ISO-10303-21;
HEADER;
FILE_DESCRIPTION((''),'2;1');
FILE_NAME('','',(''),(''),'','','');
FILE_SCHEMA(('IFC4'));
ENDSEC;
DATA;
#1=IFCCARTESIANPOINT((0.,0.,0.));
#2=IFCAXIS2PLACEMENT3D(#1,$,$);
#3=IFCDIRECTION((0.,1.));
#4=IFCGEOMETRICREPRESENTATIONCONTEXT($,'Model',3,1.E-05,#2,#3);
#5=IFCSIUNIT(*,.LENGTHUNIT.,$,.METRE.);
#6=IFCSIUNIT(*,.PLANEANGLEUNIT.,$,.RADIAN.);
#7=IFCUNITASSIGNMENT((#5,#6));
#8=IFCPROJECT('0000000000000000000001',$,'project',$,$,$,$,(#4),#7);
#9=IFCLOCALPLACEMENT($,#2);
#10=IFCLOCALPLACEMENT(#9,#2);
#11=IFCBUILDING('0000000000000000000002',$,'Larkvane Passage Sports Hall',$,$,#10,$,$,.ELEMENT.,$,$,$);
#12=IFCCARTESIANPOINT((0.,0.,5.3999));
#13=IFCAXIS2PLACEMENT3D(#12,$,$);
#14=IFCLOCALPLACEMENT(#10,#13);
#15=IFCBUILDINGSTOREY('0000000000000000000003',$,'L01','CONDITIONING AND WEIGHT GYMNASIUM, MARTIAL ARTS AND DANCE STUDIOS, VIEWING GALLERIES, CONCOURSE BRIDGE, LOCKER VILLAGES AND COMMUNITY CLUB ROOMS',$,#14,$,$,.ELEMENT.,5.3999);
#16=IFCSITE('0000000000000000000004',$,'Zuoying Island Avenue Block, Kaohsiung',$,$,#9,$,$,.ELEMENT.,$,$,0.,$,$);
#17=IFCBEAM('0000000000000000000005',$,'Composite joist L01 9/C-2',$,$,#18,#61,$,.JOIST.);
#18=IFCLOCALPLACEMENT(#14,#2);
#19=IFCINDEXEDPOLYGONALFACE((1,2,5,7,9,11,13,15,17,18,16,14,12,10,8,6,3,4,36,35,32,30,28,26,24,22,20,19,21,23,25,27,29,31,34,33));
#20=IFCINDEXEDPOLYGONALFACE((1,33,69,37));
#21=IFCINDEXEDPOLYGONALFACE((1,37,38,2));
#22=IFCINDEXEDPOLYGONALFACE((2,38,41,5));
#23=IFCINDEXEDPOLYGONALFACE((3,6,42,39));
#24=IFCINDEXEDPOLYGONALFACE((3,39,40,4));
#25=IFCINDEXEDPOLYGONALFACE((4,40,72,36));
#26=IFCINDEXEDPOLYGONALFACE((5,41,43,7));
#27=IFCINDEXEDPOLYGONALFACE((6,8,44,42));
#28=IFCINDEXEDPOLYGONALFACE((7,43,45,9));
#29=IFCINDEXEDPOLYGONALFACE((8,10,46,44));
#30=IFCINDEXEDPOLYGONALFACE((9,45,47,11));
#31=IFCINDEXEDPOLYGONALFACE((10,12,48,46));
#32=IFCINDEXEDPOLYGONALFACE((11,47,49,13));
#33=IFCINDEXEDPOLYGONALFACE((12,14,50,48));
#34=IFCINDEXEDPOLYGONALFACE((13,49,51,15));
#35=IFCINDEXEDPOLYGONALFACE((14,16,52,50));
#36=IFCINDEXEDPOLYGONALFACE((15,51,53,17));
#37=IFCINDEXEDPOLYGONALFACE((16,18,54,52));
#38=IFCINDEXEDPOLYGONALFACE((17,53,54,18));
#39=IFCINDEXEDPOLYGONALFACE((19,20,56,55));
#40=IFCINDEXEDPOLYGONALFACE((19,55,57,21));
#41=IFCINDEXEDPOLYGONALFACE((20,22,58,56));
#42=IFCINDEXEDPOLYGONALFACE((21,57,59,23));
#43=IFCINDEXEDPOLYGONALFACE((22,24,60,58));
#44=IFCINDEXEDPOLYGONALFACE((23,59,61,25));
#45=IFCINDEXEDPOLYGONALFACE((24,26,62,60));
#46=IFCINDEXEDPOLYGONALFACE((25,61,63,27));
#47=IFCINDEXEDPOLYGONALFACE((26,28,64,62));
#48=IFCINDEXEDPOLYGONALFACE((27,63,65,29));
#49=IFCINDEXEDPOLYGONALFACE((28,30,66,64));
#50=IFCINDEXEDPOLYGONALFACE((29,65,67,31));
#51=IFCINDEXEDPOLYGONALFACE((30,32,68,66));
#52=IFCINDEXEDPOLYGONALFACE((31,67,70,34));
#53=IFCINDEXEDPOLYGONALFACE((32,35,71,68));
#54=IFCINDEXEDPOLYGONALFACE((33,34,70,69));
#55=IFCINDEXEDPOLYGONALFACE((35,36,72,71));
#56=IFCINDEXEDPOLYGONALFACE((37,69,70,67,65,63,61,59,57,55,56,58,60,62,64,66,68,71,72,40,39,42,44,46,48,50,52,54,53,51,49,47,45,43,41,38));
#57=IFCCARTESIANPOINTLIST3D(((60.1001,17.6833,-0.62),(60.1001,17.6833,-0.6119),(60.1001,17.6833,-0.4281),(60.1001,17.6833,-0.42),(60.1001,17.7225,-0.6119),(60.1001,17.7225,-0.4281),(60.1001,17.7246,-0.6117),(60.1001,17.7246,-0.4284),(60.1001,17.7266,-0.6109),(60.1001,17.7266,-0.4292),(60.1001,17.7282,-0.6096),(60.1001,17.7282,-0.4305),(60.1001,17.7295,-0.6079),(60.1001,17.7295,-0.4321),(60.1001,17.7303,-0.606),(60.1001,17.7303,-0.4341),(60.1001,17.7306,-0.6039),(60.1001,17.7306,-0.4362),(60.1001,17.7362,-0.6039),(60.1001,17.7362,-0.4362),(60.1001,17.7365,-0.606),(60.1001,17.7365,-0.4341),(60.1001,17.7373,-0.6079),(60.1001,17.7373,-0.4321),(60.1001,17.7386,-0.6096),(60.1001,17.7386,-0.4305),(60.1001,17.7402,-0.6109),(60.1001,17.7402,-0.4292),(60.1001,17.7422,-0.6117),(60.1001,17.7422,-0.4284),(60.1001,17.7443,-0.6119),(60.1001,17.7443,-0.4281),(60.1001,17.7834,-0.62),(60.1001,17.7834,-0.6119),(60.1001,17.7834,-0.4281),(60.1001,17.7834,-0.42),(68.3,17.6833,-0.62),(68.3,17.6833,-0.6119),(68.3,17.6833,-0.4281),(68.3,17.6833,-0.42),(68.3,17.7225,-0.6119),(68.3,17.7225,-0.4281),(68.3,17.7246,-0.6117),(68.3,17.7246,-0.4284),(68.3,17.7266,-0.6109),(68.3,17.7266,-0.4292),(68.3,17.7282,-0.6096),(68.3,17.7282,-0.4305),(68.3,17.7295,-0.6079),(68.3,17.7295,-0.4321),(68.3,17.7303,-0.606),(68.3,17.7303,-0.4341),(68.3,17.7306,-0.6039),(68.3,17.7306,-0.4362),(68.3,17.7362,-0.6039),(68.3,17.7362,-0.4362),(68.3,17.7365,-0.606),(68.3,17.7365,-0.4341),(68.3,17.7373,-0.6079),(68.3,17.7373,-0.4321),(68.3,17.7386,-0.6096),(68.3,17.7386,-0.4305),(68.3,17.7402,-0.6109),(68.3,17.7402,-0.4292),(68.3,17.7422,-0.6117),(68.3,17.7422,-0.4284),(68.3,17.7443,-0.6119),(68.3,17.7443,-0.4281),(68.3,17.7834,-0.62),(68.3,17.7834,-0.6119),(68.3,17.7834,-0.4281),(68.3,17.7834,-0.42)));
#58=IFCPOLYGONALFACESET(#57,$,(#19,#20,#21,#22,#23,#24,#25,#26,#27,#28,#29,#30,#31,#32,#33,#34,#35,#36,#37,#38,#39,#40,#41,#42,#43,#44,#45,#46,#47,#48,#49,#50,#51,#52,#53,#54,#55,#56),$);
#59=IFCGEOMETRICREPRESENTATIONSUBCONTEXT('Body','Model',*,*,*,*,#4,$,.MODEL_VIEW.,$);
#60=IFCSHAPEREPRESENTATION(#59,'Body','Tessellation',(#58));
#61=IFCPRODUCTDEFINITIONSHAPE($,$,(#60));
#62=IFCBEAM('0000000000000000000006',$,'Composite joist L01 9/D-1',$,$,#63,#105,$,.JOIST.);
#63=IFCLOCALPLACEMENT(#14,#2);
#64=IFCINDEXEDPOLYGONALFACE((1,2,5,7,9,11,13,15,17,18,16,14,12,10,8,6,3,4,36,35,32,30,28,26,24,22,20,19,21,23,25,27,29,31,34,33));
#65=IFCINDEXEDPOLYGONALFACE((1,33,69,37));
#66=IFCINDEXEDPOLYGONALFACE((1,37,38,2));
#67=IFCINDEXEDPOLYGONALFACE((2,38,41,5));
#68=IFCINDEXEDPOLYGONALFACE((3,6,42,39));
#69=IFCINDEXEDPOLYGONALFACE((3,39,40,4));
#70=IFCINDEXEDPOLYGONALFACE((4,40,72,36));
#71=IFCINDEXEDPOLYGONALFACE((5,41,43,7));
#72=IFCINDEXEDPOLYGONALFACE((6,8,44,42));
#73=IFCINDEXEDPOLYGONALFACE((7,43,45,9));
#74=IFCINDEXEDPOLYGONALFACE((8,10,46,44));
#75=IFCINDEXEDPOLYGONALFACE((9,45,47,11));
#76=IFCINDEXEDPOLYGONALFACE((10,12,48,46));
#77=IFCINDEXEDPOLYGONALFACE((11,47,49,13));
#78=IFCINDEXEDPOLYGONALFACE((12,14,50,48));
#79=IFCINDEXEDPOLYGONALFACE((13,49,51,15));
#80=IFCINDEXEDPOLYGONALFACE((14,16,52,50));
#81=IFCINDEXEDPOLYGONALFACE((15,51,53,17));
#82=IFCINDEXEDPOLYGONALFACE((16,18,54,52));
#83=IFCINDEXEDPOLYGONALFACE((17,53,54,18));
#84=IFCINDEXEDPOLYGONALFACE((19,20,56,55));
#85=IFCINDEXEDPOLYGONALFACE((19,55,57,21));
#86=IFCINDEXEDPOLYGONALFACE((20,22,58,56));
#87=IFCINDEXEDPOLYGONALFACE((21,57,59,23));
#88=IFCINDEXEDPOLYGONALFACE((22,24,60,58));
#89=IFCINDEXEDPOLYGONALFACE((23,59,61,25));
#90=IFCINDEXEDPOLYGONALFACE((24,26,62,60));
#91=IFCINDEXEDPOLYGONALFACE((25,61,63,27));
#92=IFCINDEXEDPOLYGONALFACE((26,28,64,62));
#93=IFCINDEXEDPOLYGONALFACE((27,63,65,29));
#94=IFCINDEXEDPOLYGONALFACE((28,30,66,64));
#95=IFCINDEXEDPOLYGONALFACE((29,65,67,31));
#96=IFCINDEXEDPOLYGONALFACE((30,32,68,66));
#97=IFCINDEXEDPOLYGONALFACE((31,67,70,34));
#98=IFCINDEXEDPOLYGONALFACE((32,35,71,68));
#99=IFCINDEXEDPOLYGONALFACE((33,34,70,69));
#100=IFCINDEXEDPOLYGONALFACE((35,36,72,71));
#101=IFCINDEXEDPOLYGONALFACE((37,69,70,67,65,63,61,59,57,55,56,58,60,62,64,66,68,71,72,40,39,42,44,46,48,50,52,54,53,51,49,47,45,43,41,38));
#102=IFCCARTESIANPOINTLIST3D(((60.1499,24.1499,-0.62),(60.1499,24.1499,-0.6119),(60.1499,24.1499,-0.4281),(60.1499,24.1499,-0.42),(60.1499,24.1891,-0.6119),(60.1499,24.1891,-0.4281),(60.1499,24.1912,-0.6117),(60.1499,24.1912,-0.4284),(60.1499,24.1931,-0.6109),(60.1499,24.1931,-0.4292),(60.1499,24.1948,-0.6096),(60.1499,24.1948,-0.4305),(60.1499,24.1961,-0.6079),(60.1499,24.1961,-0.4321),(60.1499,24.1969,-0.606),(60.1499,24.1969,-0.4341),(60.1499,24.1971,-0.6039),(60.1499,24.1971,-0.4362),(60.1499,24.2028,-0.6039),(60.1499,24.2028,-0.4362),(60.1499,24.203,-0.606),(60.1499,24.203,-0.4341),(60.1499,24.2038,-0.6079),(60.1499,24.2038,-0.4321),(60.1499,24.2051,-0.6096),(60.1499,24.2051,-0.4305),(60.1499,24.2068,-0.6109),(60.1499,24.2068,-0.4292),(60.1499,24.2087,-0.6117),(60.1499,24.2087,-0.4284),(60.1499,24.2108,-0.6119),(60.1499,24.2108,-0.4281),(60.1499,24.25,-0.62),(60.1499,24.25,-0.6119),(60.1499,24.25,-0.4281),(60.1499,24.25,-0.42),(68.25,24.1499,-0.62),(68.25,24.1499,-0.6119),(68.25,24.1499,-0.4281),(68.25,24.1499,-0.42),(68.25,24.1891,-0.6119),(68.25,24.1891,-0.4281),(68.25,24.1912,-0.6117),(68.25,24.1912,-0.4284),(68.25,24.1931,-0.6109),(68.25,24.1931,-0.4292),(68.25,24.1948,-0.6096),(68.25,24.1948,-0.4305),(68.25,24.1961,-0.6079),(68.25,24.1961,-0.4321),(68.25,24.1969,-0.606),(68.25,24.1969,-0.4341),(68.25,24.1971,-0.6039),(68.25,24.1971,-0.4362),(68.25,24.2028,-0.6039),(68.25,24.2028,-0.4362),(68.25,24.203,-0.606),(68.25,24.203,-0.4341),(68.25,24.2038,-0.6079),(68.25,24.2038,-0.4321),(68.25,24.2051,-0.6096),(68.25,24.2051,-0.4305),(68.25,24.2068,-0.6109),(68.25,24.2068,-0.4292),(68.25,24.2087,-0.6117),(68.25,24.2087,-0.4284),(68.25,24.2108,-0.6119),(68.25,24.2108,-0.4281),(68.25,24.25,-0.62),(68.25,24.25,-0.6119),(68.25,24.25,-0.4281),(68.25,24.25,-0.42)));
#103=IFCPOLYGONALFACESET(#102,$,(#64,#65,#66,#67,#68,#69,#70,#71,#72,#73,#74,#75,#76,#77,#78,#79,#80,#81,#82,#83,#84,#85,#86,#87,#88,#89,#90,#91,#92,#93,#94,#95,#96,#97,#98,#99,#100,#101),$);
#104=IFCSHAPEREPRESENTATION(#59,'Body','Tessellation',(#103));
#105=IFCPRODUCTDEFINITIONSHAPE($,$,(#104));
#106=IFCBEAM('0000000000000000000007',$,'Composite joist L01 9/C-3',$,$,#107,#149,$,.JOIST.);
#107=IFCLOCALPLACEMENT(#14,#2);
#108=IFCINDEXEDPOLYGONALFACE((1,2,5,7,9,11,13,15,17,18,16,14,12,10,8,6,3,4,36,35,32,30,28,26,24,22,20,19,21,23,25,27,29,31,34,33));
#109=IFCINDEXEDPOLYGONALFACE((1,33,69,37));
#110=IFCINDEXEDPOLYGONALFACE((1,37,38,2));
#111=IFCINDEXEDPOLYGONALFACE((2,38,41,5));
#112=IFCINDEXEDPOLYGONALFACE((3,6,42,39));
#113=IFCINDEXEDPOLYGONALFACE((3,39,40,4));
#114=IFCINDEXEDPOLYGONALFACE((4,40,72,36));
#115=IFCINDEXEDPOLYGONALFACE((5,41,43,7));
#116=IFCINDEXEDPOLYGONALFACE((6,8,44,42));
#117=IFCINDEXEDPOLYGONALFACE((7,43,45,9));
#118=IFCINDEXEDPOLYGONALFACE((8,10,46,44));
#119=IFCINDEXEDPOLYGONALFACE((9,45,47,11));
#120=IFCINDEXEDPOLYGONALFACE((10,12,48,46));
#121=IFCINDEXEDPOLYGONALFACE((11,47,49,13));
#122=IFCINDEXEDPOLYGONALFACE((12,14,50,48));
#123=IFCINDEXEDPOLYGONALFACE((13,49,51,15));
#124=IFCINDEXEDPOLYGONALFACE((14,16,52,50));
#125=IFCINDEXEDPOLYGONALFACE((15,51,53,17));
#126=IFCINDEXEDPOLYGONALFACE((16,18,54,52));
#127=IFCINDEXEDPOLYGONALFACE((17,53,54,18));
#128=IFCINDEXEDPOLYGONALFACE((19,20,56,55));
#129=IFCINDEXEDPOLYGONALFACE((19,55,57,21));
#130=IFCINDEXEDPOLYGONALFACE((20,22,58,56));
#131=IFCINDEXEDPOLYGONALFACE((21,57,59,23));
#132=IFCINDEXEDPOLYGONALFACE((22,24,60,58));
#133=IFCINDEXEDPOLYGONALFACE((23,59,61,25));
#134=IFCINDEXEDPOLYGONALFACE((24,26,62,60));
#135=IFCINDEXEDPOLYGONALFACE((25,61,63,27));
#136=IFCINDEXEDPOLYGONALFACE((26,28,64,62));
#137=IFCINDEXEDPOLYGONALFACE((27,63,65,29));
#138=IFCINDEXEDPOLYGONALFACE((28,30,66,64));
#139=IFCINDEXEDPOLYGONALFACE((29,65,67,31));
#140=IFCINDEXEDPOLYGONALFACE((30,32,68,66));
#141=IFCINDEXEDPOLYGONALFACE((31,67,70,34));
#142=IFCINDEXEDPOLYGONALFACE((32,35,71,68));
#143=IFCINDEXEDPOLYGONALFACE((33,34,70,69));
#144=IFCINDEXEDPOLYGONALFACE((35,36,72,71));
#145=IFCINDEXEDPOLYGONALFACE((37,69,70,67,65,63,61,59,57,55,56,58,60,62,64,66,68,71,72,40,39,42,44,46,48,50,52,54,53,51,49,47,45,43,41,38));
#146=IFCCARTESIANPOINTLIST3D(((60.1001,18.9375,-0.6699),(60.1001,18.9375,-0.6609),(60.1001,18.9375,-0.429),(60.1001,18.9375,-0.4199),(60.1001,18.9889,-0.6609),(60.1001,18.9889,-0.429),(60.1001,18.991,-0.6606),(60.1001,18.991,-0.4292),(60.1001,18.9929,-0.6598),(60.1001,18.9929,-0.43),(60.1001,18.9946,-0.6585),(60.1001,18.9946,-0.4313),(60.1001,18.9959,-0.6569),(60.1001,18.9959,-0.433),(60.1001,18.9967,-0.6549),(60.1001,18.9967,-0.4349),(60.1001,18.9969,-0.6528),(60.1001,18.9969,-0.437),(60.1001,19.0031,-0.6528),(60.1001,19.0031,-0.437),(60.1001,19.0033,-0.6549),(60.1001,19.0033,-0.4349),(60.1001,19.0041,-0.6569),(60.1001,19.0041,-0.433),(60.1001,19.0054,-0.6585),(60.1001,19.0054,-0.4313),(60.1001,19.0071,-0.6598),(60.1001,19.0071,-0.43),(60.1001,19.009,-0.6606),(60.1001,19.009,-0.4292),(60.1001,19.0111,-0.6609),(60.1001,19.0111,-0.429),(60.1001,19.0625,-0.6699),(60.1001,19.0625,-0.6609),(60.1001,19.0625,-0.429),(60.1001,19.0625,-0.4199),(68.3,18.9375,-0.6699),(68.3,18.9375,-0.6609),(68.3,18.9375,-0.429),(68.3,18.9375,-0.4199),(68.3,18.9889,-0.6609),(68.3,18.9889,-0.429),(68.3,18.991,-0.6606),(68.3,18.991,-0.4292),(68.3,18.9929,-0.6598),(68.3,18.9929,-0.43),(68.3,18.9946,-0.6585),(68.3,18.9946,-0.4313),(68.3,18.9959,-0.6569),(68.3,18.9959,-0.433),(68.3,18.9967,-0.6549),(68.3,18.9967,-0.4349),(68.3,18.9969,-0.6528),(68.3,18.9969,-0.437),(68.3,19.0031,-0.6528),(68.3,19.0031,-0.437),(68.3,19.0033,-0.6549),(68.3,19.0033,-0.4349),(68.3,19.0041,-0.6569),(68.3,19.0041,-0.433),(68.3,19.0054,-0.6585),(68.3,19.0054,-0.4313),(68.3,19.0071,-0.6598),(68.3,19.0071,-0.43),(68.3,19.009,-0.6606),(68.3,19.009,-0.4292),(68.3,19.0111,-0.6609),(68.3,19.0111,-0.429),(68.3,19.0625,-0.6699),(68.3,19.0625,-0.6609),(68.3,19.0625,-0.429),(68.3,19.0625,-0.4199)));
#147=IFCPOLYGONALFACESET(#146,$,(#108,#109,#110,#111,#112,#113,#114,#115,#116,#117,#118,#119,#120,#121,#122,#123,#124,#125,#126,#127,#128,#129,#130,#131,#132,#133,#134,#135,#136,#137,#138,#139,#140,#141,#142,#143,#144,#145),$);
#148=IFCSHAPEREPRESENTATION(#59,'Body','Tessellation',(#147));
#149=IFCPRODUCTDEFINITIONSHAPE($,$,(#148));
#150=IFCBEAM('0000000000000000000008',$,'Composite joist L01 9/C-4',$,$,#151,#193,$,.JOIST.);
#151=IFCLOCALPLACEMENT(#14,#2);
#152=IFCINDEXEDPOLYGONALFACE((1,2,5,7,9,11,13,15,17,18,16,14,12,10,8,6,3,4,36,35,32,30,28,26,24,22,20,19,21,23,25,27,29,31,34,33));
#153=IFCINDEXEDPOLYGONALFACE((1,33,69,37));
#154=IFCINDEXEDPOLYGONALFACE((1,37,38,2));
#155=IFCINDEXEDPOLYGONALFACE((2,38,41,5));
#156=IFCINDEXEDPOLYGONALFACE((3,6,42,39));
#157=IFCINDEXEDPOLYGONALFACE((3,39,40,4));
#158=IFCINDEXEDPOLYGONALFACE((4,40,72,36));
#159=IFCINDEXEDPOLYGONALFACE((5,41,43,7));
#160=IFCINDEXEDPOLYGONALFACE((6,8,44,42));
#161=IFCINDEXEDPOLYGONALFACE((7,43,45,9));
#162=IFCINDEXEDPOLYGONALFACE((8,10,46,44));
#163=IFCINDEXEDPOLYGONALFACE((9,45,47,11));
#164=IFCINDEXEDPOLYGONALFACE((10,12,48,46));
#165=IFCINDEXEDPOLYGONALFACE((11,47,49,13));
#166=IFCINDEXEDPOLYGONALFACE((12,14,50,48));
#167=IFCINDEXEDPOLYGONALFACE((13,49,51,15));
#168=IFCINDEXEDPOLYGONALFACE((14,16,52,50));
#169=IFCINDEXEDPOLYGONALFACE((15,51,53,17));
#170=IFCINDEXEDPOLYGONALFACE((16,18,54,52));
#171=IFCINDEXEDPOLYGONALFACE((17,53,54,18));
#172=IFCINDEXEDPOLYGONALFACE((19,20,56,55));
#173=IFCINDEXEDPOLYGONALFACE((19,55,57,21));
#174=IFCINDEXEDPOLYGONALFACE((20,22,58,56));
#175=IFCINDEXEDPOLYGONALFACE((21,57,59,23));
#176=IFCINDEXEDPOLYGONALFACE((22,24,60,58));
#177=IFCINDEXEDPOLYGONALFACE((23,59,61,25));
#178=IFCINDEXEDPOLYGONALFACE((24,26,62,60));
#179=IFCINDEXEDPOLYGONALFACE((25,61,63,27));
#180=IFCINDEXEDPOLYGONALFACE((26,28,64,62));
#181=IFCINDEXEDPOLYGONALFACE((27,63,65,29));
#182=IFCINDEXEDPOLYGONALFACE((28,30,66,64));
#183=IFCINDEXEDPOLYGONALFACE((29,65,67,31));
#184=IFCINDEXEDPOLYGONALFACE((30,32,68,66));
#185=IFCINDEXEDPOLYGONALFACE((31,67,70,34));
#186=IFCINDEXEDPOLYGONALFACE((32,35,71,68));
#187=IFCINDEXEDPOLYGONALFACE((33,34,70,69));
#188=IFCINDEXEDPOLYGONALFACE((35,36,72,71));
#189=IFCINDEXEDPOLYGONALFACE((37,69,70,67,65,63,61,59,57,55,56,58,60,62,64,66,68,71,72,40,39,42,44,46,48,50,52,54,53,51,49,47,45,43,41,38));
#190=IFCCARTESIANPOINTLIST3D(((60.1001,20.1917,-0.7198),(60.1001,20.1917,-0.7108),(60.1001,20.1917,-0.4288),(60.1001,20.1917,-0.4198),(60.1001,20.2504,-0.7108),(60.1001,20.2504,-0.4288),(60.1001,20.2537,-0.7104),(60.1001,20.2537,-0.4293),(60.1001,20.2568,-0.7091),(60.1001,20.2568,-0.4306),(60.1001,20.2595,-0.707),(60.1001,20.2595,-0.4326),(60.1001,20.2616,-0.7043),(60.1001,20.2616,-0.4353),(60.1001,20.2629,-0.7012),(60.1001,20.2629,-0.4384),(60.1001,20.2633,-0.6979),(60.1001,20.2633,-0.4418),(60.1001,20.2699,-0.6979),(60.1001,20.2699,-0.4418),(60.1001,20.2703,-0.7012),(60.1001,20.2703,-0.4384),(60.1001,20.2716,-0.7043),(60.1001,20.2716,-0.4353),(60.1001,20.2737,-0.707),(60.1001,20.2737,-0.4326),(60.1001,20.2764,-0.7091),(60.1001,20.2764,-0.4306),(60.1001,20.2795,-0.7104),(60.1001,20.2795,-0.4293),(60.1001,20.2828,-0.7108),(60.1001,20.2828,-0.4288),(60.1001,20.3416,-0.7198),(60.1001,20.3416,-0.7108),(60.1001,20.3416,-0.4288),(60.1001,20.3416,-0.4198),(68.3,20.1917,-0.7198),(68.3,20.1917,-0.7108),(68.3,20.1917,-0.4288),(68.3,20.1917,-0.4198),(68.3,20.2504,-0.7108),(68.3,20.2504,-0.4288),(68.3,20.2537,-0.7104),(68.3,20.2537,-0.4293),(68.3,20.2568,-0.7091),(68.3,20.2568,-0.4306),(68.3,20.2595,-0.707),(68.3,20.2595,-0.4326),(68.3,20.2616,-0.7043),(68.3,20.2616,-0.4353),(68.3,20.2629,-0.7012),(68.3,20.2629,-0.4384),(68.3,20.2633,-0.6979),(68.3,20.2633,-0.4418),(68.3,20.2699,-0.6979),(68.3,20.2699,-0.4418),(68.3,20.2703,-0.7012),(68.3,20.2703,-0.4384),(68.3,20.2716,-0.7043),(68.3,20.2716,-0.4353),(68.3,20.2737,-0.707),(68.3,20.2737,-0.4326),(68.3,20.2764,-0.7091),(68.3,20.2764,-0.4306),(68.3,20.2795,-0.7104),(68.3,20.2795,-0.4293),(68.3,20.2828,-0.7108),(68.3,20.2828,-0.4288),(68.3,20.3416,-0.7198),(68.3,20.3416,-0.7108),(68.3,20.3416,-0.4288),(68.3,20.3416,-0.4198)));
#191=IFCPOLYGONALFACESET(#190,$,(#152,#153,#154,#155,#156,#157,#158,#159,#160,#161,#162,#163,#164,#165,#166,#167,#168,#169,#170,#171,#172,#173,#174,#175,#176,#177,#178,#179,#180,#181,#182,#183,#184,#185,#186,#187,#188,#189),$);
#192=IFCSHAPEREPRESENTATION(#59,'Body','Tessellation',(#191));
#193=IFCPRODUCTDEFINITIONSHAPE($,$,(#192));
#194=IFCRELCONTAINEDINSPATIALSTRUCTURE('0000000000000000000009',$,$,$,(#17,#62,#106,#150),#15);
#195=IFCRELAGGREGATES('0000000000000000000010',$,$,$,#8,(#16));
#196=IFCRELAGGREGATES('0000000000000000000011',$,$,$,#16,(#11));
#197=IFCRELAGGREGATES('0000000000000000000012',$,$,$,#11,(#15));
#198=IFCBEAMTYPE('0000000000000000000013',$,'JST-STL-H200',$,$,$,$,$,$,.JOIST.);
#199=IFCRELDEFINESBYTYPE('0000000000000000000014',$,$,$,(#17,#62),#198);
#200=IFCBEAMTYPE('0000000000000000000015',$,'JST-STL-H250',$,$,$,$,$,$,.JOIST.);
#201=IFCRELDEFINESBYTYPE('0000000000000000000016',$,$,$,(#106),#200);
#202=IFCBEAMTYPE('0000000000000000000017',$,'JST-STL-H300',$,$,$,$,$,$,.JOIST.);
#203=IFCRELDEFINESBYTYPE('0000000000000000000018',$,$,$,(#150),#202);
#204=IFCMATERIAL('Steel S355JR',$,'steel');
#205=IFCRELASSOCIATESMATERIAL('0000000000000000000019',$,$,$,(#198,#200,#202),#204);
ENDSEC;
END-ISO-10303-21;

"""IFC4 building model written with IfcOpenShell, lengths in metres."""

from ifc_helpers import new_model, si_unit, direction, frame, origin, origin_2d, place, context, subcontext, project, spatial, i_section, extrude, material, material_profile, profile_set, type_object, element, save


model = new_model("IFC4")

# Units and contexts
model_context = context("Model", 3, precision=1e-05, world=origin(), true_north=direction((0.0, 1.0)))
body_context = subcontext(model_context, "Body", "Model", "MODEL_VIEW")
ifc_project = project(units=[si_unit("LENGTHUNIT", "METRE"), si_unit("PLANEANGLEUNIT", "RADIAN")], contexts=[model_context])

# Site, building, storey
site_placement = place(None, origin())
site = spatial("IfcSite", under=ifc_project, at=site_placement, Name="Zuoying Island Avenue Block, Kaohsiung", CompositionType="ELEMENT", RefElevation=0.0)
building_placement = place(site_placement, origin())
building = spatial("IfcBuilding", under=site, at=building_placement, Name="Larkvane Passage Sports Hall", CompositionType="ELEMENT")
storey_placement = place(building_placement, frame((0.0, 0.0, 5.3999)))
storey = spatial("IfcBuildingStorey", under=building, at=storey_placement, Name="L01", Description="CONDITIONING AND WEIGHT GYMNASIUM, MARTIAL ARTS AND DANCE STUDIOS, VIEWING GALLERIES, CONCOURSE BRIDGE, LOCKER VILLAGES AND COMMUNITY CLUB ROOMS", CompositionType="ELEMENT", Elevation=5.3999)

# Shared definitions
ifc_material_1 = material(Name="Steel S355JR", Category="steel")

# Beams
ifc_material_profile_1 = material_profile(ifc_material_1, i_section(OverallWidth=0.1001, OverallDepth=0.2, WebThickness=0.0056, FlangeThickness=0.0081, FilletRadius=0.0081, at=origin_2d()), Name="H-200x100x5.5x8")
ifc_profile_set_1 = profile_set([ifc_material_profile_1], Name="Steel S355JR")
beam_type_1 = type_object("IfcBeamType", Name="JST-STL-H200", PredefinedType="JOIST", material=ifc_profile_set_1)
beam_1_placement = place(storey_placement, frame((60.1001, 17.7334, -0.52), z_axis=(1.0, 0.0, 0.0), x_axis=(0.0, 1.0, 0.0)))
element("IfcBeam", 1, at=beam_1_placement, inside=storey, type_object=beam_type_1, Name="Composite joist L01 9/C-2", PredefinedType="JOIST", context=body_context, shape_type="SweptSolid", body=[
    extrude(i_section(OverallWidth=0.1001, OverallDepth=0.2, WebThickness=0.0056, FlangeThickness=0.0081, FilletRadius=0.0081, at=origin_2d()), origin(), (0.0, 0.0, 1.0), 8.2),
])
beam_2_placement = place(storey_placement, frame((60.1499, 24.2, -0.52), z_axis=(1.0, 0.0, 0.0), x_axis=(0.0, 1.0, 0.0)))
element("IfcBeam", 2, at=beam_2_placement, inside=storey, type_object=beam_type_1, Name="Composite joist L01 9/D-1", PredefinedType="JOIST", context=body_context, shape_type="SweptSolid", body=[
    extrude(i_section(OverallWidth=0.1001, OverallDepth=0.2, WebThickness=0.0056, FlangeThickness=0.0081, FilletRadius=0.0081, at=origin_2d()), origin(), (0.0, 0.0, 1.0), 8.1001),
])
ifc_material_profile_2 = material_profile(ifc_material_1, i_section(OverallWidth=0.125, OverallDepth=0.25, WebThickness=0.0061, FlangeThickness=0.009, FilletRadius=0.0081, at=origin_2d()), Name="H-250x125x6x9")
ifc_profile_set_2 = profile_set([ifc_material_profile_2], Name="Steel S355JR")
beam_type_2 = type_object("IfcBeamType", Name="JST-STL-H250", PredefinedType="JOIST", material=ifc_profile_set_2)
beam_3_placement = place(storey_placement, frame((60.1001, 19.0, -0.5449), z_axis=(1.0, 0.0, 0.0), x_axis=(0.0, 1.0, 0.0)))
element("IfcBeam", 3, at=beam_3_placement, inside=storey, type_object=beam_type_2, Name="Composite joist L01 9/C-3", PredefinedType="JOIST", context=body_context, shape_type="SweptSolid", body=[
    extrude(i_section(OverallWidth=0.125, OverallDepth=0.25, WebThickness=0.0061, FlangeThickness=0.009, FilletRadius=0.0081, at=origin_2d()), origin(), (0.0, 0.0, 1.0), 8.2),
])
ifc_material_profile_3 = material_profile(ifc_material_1, i_section(OverallWidth=0.1499, OverallDepth=0.3, WebThickness=0.0066, FlangeThickness=0.009, FilletRadius=0.0129, at=origin_2d()), Name="H-300x150x6.5x9")
ifc_profile_set_3 = profile_set([ifc_material_profile_3], Name="Steel S355JR")
beam_type_3 = type_object("IfcBeamType", Name="JST-STL-H300", PredefinedType="JOIST", material=ifc_profile_set_3)
beam_4_placement = place(storey_placement, frame((60.1001, 20.2666, -0.5698), z_axis=(1.0, 0.0, 0.0), x_axis=(0.0, 1.0, 0.0)))
element("IfcBeam", 4, at=beam_4_placement, inside=storey, type_object=beam_type_3, Name="Composite joist L01 9/C-4", PredefinedType="JOIST", context=body_context, shape_type="SweptSolid", body=[
    extrude(i_section(OverallWidth=0.1499, OverallDepth=0.3, WebThickness=0.0066, FlangeThickness=0.009, FilletRadius=0.0129, at=origin_2d()), origin(), (0.0, 0.0, 1.0), 8.2),
])

save(model, "model.ifc")
